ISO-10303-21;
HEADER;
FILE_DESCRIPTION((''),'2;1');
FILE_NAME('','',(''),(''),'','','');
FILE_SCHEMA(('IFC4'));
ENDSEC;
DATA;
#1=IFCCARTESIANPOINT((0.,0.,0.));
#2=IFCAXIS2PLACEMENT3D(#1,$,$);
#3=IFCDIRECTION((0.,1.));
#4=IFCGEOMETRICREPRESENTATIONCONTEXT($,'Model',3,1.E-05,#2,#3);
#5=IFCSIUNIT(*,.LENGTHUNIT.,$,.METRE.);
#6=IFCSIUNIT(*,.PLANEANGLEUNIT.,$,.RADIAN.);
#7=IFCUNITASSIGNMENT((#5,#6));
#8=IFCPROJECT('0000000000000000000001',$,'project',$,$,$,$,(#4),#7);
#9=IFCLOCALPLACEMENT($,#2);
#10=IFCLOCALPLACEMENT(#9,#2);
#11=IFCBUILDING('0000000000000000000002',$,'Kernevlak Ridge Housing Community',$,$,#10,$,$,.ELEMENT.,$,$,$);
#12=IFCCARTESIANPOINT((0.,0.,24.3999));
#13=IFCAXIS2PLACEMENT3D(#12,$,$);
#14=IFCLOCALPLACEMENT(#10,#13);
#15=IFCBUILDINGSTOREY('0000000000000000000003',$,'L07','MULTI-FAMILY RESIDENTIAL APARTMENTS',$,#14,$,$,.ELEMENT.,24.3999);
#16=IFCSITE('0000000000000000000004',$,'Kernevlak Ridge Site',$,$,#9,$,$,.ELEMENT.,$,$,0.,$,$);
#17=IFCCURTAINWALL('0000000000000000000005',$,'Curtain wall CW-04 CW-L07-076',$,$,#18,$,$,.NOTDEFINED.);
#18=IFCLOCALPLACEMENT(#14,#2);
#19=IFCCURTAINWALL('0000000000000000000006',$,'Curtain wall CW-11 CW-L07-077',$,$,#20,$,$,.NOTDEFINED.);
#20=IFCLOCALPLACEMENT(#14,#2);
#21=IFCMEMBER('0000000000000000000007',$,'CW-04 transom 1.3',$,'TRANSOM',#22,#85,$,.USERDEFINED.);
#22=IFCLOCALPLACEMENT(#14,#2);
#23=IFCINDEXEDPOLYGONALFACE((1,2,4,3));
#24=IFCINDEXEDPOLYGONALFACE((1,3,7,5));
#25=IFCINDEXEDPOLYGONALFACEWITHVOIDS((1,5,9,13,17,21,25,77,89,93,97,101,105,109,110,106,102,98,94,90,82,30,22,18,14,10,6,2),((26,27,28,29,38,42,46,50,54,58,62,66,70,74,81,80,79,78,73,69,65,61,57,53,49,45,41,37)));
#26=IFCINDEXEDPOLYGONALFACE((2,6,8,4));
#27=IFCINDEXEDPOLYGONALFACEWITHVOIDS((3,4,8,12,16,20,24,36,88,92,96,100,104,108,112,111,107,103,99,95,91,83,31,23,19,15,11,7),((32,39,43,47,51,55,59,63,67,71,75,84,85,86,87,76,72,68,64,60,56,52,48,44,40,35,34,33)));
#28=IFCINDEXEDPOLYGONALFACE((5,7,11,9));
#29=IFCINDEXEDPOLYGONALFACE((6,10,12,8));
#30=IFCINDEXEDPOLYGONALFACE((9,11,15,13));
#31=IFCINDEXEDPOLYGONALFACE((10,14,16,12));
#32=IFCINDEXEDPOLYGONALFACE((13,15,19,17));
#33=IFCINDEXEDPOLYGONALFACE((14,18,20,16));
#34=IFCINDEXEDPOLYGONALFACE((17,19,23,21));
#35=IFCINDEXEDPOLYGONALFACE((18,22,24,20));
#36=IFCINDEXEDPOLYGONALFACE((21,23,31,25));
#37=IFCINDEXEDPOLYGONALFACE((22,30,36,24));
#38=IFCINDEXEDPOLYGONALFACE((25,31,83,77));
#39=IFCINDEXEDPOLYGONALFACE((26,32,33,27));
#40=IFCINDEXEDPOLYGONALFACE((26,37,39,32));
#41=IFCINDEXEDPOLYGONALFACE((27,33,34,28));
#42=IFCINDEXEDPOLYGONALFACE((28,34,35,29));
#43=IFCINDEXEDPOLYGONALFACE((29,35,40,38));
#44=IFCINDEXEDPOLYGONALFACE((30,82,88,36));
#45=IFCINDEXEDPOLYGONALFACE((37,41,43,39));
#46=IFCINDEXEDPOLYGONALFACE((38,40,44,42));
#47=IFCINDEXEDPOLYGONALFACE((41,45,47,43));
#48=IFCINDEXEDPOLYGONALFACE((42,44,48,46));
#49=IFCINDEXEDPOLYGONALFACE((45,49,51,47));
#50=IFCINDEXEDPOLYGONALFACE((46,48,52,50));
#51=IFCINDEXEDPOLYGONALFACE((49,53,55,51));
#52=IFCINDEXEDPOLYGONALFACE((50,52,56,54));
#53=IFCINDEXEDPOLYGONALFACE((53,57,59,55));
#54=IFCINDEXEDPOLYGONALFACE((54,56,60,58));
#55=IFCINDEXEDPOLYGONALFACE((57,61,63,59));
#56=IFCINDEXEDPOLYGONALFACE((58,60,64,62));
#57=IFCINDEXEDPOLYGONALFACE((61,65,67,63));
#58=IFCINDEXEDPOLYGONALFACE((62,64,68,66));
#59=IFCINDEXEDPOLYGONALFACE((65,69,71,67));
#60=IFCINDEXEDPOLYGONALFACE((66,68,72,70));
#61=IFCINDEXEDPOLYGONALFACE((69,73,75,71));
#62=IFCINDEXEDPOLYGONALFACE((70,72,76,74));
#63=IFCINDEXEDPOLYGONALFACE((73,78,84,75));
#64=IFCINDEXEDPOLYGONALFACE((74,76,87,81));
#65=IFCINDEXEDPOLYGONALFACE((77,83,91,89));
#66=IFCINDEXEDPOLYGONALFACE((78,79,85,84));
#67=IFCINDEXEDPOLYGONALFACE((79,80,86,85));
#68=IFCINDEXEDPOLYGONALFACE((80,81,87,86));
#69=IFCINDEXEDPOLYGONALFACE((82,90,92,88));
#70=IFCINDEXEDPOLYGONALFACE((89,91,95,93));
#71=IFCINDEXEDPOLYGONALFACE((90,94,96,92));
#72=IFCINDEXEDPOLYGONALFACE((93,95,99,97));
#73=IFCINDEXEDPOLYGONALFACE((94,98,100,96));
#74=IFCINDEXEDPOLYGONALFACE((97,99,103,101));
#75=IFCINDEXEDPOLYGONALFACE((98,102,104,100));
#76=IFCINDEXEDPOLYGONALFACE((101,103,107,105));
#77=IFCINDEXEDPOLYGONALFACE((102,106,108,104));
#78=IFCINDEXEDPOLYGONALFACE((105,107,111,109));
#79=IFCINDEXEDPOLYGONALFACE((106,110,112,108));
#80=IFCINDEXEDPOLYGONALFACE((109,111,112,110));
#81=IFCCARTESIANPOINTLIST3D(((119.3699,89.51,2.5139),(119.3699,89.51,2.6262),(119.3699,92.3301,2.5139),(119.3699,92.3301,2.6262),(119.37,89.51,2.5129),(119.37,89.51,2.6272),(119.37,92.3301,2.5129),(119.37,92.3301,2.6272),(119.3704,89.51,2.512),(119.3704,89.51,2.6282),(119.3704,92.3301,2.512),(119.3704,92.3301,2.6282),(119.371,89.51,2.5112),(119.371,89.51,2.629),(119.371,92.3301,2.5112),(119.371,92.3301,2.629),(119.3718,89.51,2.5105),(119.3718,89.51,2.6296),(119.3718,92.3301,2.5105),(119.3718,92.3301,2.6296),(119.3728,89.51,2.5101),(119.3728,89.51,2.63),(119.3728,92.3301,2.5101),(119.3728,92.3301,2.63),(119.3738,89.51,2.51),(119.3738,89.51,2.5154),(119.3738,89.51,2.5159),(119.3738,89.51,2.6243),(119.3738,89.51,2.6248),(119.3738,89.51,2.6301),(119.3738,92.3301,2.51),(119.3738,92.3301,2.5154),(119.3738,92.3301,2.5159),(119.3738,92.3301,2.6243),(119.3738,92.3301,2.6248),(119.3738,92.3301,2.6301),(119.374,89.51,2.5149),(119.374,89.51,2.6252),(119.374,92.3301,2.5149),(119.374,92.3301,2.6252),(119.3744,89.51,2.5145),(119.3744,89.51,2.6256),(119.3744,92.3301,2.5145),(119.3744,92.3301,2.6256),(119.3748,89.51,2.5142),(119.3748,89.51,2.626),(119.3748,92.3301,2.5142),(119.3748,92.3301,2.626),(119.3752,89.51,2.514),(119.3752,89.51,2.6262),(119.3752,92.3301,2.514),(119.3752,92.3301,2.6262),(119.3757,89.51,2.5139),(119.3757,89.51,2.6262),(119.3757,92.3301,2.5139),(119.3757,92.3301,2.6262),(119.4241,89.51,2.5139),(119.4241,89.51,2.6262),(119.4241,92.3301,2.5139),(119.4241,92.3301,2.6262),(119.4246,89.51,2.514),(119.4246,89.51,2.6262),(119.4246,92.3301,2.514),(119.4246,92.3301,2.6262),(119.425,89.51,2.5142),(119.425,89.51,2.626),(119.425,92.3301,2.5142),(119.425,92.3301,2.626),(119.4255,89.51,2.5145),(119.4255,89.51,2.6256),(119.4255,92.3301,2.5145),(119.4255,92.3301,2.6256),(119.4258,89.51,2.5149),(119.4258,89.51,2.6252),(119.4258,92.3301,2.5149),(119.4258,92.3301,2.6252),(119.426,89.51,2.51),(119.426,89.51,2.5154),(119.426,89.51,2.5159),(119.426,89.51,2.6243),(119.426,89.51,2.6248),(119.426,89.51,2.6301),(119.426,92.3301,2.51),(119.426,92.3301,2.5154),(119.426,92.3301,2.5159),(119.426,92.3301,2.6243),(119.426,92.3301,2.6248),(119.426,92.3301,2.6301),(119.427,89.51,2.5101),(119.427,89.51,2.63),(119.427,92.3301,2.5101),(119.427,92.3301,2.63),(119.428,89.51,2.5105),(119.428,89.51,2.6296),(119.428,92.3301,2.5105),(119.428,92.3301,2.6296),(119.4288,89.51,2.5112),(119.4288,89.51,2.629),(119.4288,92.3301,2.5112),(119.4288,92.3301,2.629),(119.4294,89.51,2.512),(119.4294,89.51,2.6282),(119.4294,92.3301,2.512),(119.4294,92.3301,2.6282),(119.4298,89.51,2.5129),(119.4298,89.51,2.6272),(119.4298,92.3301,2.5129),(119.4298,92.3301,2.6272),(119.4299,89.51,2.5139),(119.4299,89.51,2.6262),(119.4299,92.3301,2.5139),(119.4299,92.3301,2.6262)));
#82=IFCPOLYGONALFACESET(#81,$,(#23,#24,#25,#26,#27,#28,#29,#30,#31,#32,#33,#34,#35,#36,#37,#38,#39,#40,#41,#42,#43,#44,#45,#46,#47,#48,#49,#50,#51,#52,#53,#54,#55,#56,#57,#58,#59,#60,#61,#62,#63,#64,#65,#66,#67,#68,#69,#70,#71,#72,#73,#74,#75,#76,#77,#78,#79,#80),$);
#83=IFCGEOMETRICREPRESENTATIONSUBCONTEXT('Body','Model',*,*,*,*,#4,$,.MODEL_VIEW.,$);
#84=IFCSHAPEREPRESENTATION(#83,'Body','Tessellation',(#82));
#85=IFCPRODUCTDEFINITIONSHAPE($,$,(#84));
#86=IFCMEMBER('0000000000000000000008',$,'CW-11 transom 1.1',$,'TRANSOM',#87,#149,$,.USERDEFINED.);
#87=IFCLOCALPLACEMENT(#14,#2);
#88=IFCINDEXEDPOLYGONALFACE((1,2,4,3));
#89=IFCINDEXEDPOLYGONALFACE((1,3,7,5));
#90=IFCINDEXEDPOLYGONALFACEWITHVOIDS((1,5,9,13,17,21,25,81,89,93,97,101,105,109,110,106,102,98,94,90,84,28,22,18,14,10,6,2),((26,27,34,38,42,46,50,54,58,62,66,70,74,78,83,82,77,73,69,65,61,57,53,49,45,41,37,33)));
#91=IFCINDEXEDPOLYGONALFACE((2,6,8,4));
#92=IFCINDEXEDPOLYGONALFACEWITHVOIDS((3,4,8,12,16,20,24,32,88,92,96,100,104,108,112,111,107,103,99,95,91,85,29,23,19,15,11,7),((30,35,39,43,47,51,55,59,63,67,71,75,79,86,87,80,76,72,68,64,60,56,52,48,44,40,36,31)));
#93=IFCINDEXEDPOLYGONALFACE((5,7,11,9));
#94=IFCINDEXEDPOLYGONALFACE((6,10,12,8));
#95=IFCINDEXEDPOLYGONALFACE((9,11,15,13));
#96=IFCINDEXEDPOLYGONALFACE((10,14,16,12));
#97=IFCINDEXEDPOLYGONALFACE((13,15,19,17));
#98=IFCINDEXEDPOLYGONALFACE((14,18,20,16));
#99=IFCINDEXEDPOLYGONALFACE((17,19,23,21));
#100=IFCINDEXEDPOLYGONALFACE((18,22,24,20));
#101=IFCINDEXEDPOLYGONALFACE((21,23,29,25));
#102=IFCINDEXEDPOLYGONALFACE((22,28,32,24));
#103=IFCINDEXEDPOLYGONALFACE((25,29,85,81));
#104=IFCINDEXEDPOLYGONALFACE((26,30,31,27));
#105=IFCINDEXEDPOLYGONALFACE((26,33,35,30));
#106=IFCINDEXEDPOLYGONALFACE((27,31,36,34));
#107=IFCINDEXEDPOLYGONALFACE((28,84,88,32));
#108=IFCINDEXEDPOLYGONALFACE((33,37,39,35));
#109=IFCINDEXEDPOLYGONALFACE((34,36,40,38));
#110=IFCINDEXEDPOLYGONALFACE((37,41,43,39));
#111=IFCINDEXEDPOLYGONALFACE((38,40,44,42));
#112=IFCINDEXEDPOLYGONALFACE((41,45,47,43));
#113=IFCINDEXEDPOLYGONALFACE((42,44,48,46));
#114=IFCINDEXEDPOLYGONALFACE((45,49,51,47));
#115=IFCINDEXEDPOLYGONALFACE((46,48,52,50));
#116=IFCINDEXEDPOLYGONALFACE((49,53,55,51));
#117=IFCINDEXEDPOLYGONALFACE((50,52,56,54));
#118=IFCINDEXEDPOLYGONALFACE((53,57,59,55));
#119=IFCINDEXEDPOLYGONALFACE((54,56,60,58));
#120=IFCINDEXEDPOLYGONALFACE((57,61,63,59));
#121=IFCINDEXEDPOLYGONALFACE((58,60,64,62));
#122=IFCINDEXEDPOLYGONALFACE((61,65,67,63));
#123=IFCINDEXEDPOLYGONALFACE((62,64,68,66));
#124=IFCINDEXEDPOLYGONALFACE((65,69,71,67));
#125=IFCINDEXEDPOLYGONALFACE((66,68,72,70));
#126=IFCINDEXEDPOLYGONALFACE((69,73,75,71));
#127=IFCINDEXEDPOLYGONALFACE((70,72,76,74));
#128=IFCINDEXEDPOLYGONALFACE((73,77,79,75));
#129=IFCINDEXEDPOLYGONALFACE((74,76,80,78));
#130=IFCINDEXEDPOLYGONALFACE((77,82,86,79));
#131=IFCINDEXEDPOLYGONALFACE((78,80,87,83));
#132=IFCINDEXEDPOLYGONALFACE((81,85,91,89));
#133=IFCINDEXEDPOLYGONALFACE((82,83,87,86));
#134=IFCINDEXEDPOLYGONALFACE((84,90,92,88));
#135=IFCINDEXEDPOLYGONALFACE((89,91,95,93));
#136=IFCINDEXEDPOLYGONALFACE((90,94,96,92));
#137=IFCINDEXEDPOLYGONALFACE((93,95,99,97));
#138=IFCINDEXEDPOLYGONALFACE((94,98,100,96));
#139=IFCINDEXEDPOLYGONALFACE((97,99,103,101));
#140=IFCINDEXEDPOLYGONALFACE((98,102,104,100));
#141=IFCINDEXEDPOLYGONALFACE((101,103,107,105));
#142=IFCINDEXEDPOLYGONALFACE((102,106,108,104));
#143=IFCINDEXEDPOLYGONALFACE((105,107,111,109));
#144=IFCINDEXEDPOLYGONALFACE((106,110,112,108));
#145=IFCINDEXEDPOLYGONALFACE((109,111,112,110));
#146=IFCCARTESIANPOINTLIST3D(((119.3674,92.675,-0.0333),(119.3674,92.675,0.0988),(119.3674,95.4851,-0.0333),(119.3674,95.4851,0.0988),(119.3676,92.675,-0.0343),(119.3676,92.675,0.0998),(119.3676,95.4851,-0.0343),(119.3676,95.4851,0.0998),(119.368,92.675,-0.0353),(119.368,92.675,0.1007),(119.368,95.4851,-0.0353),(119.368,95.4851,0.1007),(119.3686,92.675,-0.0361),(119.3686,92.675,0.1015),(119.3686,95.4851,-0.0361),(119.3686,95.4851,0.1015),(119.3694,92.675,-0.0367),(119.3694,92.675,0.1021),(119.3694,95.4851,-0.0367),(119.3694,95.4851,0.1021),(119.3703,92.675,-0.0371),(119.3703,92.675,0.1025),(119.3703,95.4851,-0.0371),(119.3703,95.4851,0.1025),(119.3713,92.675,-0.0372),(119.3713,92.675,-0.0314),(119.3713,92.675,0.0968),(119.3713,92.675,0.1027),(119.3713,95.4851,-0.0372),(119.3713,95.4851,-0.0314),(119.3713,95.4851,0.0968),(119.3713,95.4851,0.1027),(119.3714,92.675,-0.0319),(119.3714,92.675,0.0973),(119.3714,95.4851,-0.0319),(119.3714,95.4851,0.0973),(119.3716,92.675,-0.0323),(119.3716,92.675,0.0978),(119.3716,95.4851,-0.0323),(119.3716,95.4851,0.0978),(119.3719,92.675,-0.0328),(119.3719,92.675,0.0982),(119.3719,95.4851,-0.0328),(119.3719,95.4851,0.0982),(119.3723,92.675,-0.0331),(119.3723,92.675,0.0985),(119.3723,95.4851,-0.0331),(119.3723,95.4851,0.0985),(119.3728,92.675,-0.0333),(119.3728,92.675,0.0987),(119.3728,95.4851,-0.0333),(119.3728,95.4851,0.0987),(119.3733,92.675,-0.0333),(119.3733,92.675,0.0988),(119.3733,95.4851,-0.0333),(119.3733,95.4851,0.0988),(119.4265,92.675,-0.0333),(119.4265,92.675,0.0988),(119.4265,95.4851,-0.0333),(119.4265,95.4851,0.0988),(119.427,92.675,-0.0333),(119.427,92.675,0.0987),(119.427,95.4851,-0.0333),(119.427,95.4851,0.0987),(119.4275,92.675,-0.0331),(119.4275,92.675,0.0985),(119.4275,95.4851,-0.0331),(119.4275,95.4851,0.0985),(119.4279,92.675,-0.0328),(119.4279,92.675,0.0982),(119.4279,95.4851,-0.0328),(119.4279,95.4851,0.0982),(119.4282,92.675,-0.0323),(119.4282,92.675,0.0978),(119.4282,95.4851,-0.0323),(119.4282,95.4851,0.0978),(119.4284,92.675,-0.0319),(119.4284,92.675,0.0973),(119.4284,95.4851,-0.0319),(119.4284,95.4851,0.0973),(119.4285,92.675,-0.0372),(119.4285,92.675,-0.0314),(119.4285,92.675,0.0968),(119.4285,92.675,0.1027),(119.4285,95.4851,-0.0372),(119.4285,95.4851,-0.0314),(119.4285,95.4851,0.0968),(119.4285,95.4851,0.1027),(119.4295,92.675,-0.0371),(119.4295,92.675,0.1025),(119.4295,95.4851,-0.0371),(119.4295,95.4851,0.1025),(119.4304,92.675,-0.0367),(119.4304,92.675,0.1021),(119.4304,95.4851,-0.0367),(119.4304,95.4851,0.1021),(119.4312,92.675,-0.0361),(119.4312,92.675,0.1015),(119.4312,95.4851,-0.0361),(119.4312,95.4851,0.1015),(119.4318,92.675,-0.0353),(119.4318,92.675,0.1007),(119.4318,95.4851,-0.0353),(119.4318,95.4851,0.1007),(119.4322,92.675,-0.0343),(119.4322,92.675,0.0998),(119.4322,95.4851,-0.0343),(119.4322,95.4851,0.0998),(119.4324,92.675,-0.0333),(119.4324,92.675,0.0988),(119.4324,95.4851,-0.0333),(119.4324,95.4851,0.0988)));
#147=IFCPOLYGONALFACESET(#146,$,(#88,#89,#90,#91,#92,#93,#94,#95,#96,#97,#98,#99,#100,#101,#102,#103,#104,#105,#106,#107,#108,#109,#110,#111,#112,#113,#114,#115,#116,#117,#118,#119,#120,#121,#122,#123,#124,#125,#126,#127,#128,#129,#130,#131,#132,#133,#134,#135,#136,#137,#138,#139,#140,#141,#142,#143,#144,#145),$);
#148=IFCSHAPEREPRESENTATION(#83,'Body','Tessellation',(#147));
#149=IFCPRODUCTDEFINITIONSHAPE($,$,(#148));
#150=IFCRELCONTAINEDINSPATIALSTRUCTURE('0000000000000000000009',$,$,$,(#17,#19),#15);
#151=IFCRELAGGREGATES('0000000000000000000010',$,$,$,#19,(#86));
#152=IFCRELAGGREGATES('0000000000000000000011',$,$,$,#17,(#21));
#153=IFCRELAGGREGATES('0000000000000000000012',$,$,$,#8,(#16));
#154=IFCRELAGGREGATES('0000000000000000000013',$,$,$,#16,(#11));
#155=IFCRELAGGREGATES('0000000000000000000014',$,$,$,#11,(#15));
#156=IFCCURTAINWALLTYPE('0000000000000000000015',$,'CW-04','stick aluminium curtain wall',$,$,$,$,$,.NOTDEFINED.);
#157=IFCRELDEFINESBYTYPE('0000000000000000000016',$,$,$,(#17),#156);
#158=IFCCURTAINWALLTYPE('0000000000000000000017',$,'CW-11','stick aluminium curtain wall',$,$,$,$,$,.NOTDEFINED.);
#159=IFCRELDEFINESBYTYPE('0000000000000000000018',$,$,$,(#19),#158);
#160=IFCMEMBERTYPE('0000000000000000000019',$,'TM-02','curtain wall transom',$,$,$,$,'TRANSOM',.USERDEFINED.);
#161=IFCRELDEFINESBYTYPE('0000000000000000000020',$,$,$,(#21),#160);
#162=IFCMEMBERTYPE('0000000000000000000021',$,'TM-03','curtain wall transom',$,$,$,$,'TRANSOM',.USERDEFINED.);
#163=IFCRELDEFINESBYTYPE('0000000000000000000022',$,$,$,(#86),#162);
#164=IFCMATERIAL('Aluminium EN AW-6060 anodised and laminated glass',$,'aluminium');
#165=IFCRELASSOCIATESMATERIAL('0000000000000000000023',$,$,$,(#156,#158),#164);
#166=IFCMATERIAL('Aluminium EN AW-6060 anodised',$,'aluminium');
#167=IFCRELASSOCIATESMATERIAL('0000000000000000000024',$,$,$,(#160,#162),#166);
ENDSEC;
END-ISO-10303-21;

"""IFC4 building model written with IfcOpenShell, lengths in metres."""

from ifc_helpers import new_model, si_unit, direction, frame, origin, origin_2d, place, context, subcontext, project, spatial, hollow_rectangle, extrude, material, material_profile, profile_set, type_object, element, aggregate, save


model = new_model("IFC4")

# Units and contexts
model_context = context("Model", 3, precision=1e-05, world=origin(), true_north=direction((0.0, 1.0)))
body_context = subcontext(model_context, "Body", "Model", "MODEL_VIEW")
ifc_project = project(units=[si_unit("LENGTHUNIT", "METRE"), si_unit("PLANEANGLEUNIT", "RADIAN")], contexts=[model_context])

# Site, building, storey
site_placement = place(None, origin())
site = spatial("IfcSite", under=ifc_project, at=site_placement, Name="Kernevlak Ridge Site", CompositionType="ELEMENT", RefElevation=0.0)
building_placement = place(site_placement, origin())
building = spatial("IfcBuilding", under=site, at=building_placement, Name="Kernevlak Ridge Housing Community", CompositionType="ELEMENT")
storey_placement = place(building_placement, frame((0.0, 0.0, 24.3999)))
storey = spatial("IfcBuildingStorey", under=building, at=storey_placement, Name="L07", Description="MULTI-FAMILY RESIDENTIAL APARTMENTS", CompositionType="ELEMENT", Elevation=24.3999)

# Curtain walls
ifc_material_1 = material(Name="Aluminium EN AW-6060 anodised and laminated glass", Category="aluminium")
curtain_wall_type_1 = type_object("IfcCurtainWallType", Name="CW-04", Description="stick aluminium curtain wall", PredefinedType="NOTDEFINED", material=ifc_material_1)
curtain_wall_1_placement = place(storey_placement, origin())
curtain_wall_1 = element("IfcCurtainWall", 1, at=curtain_wall_1_placement, inside=storey, type_object=curtain_wall_type_1, Name="Curtain wall CW-04 CW-L07-076", PredefinedType="NOTDEFINED")
ifc_material_2 = material(Name="Aluminium EN AW-6060 anodised", Category="aluminium")
curtain_wall_type_2 = type_object("IfcCurtainWallType", Name="CW-11", Description="stick aluminium curtain wall", PredefinedType="NOTDEFINED", material=ifc_material_1)
curtain_wall_2_placement = place(storey_placement, origin())
curtain_wall_2 = element("IfcCurtainWall", 2, at=curtain_wall_2_placement, inside=storey, type_object=curtain_wall_type_2, Name="Curtain wall CW-11 CW-L07-077", PredefinedType="NOTDEFINED")

# Members
ifc_material_profile_1 = material_profile(ifc_material_2, hollow_rectangle(XDim=0.0601, YDim=0.1201, WallThickness=0.0039, InnerFilletRadius=0.002, OuterFilletRadius=0.0039, at=origin_2d()), Name="ALU 60x120x4")
ifc_profile_set_1 = profile_set([ifc_material_profile_1], Name="Aluminium EN AW-6060 anodised")
member_type_1 = type_object("IfcMemberType", Name="TM-02", Description="curtain wall transom", ElementType="TRANSOM", PredefinedType="USERDEFINED", material=ifc_profile_set_1)
member_1_placement = place(storey_placement, frame((119.3999, 89.51, 2.5701), z_axis=(0.0, 1.0, 0.0), x_axis=(-1.0, 0.0, 0.0)))
member_1 = element("IfcMember", 3, at=member_1_placement, type_object=member_type_1, Name="CW-04 transom 1.3", ObjectType="TRANSOM", PredefinedType="USERDEFINED", context=body_context, shape_type="SweptSolid", body=[
    extrude(hollow_rectangle(XDim=0.0601, YDim=0.1201, WallThickness=0.0039, InnerFilletRadius=0.002, OuterFilletRadius=0.0039, at=origin_2d()), origin(), (0.0, 0.0, 1.0), 2.8201),
])
ifc_material_profile_2 = material_profile(ifc_material_2, hollow_rectangle(XDim=0.0649, YDim=0.1399, WallThickness=0.0039, InnerFilletRadius=0.002, OuterFilletRadius=0.0039, at=origin_2d()), Name="ALU 65x140x4")
ifc_profile_set_2 = profile_set([ifc_material_profile_2], Name="Aluminium EN AW-6060 anodised")
member_type_2 = type_object("IfcMemberType", Name="TM-03", Description="curtain wall transom", ElementType="TRANSOM", PredefinedType="USERDEFINED", material=ifc_profile_set_2)
member_2_placement = place(storey_placement, frame((119.3999, 92.675, 0.0327), z_axis=(0.0, 1.0, 0.0), x_axis=(-1.0, 0.0, 0.0)))
member_2 = element("IfcMember", 4, at=member_2_placement, type_object=member_type_2, Name="CW-11 transom 1.1", ObjectType="TRANSOM", PredefinedType="USERDEFINED", context=body_context, shape_type="SweptSolid", body=[
    extrude(hollow_rectangle(XDim=0.0649, YDim=0.1399, WallThickness=0.0039, InnerFilletRadius=0.002, OuterFilletRadius=0.0039, at=origin_2d()), origin(), (0.0, 0.0, 1.0), 2.8101),
])

aggregate(curtain_wall_2, [member_2])
aggregate(curtain_wall_1, [member_1])

save(model, "model.ifc")
